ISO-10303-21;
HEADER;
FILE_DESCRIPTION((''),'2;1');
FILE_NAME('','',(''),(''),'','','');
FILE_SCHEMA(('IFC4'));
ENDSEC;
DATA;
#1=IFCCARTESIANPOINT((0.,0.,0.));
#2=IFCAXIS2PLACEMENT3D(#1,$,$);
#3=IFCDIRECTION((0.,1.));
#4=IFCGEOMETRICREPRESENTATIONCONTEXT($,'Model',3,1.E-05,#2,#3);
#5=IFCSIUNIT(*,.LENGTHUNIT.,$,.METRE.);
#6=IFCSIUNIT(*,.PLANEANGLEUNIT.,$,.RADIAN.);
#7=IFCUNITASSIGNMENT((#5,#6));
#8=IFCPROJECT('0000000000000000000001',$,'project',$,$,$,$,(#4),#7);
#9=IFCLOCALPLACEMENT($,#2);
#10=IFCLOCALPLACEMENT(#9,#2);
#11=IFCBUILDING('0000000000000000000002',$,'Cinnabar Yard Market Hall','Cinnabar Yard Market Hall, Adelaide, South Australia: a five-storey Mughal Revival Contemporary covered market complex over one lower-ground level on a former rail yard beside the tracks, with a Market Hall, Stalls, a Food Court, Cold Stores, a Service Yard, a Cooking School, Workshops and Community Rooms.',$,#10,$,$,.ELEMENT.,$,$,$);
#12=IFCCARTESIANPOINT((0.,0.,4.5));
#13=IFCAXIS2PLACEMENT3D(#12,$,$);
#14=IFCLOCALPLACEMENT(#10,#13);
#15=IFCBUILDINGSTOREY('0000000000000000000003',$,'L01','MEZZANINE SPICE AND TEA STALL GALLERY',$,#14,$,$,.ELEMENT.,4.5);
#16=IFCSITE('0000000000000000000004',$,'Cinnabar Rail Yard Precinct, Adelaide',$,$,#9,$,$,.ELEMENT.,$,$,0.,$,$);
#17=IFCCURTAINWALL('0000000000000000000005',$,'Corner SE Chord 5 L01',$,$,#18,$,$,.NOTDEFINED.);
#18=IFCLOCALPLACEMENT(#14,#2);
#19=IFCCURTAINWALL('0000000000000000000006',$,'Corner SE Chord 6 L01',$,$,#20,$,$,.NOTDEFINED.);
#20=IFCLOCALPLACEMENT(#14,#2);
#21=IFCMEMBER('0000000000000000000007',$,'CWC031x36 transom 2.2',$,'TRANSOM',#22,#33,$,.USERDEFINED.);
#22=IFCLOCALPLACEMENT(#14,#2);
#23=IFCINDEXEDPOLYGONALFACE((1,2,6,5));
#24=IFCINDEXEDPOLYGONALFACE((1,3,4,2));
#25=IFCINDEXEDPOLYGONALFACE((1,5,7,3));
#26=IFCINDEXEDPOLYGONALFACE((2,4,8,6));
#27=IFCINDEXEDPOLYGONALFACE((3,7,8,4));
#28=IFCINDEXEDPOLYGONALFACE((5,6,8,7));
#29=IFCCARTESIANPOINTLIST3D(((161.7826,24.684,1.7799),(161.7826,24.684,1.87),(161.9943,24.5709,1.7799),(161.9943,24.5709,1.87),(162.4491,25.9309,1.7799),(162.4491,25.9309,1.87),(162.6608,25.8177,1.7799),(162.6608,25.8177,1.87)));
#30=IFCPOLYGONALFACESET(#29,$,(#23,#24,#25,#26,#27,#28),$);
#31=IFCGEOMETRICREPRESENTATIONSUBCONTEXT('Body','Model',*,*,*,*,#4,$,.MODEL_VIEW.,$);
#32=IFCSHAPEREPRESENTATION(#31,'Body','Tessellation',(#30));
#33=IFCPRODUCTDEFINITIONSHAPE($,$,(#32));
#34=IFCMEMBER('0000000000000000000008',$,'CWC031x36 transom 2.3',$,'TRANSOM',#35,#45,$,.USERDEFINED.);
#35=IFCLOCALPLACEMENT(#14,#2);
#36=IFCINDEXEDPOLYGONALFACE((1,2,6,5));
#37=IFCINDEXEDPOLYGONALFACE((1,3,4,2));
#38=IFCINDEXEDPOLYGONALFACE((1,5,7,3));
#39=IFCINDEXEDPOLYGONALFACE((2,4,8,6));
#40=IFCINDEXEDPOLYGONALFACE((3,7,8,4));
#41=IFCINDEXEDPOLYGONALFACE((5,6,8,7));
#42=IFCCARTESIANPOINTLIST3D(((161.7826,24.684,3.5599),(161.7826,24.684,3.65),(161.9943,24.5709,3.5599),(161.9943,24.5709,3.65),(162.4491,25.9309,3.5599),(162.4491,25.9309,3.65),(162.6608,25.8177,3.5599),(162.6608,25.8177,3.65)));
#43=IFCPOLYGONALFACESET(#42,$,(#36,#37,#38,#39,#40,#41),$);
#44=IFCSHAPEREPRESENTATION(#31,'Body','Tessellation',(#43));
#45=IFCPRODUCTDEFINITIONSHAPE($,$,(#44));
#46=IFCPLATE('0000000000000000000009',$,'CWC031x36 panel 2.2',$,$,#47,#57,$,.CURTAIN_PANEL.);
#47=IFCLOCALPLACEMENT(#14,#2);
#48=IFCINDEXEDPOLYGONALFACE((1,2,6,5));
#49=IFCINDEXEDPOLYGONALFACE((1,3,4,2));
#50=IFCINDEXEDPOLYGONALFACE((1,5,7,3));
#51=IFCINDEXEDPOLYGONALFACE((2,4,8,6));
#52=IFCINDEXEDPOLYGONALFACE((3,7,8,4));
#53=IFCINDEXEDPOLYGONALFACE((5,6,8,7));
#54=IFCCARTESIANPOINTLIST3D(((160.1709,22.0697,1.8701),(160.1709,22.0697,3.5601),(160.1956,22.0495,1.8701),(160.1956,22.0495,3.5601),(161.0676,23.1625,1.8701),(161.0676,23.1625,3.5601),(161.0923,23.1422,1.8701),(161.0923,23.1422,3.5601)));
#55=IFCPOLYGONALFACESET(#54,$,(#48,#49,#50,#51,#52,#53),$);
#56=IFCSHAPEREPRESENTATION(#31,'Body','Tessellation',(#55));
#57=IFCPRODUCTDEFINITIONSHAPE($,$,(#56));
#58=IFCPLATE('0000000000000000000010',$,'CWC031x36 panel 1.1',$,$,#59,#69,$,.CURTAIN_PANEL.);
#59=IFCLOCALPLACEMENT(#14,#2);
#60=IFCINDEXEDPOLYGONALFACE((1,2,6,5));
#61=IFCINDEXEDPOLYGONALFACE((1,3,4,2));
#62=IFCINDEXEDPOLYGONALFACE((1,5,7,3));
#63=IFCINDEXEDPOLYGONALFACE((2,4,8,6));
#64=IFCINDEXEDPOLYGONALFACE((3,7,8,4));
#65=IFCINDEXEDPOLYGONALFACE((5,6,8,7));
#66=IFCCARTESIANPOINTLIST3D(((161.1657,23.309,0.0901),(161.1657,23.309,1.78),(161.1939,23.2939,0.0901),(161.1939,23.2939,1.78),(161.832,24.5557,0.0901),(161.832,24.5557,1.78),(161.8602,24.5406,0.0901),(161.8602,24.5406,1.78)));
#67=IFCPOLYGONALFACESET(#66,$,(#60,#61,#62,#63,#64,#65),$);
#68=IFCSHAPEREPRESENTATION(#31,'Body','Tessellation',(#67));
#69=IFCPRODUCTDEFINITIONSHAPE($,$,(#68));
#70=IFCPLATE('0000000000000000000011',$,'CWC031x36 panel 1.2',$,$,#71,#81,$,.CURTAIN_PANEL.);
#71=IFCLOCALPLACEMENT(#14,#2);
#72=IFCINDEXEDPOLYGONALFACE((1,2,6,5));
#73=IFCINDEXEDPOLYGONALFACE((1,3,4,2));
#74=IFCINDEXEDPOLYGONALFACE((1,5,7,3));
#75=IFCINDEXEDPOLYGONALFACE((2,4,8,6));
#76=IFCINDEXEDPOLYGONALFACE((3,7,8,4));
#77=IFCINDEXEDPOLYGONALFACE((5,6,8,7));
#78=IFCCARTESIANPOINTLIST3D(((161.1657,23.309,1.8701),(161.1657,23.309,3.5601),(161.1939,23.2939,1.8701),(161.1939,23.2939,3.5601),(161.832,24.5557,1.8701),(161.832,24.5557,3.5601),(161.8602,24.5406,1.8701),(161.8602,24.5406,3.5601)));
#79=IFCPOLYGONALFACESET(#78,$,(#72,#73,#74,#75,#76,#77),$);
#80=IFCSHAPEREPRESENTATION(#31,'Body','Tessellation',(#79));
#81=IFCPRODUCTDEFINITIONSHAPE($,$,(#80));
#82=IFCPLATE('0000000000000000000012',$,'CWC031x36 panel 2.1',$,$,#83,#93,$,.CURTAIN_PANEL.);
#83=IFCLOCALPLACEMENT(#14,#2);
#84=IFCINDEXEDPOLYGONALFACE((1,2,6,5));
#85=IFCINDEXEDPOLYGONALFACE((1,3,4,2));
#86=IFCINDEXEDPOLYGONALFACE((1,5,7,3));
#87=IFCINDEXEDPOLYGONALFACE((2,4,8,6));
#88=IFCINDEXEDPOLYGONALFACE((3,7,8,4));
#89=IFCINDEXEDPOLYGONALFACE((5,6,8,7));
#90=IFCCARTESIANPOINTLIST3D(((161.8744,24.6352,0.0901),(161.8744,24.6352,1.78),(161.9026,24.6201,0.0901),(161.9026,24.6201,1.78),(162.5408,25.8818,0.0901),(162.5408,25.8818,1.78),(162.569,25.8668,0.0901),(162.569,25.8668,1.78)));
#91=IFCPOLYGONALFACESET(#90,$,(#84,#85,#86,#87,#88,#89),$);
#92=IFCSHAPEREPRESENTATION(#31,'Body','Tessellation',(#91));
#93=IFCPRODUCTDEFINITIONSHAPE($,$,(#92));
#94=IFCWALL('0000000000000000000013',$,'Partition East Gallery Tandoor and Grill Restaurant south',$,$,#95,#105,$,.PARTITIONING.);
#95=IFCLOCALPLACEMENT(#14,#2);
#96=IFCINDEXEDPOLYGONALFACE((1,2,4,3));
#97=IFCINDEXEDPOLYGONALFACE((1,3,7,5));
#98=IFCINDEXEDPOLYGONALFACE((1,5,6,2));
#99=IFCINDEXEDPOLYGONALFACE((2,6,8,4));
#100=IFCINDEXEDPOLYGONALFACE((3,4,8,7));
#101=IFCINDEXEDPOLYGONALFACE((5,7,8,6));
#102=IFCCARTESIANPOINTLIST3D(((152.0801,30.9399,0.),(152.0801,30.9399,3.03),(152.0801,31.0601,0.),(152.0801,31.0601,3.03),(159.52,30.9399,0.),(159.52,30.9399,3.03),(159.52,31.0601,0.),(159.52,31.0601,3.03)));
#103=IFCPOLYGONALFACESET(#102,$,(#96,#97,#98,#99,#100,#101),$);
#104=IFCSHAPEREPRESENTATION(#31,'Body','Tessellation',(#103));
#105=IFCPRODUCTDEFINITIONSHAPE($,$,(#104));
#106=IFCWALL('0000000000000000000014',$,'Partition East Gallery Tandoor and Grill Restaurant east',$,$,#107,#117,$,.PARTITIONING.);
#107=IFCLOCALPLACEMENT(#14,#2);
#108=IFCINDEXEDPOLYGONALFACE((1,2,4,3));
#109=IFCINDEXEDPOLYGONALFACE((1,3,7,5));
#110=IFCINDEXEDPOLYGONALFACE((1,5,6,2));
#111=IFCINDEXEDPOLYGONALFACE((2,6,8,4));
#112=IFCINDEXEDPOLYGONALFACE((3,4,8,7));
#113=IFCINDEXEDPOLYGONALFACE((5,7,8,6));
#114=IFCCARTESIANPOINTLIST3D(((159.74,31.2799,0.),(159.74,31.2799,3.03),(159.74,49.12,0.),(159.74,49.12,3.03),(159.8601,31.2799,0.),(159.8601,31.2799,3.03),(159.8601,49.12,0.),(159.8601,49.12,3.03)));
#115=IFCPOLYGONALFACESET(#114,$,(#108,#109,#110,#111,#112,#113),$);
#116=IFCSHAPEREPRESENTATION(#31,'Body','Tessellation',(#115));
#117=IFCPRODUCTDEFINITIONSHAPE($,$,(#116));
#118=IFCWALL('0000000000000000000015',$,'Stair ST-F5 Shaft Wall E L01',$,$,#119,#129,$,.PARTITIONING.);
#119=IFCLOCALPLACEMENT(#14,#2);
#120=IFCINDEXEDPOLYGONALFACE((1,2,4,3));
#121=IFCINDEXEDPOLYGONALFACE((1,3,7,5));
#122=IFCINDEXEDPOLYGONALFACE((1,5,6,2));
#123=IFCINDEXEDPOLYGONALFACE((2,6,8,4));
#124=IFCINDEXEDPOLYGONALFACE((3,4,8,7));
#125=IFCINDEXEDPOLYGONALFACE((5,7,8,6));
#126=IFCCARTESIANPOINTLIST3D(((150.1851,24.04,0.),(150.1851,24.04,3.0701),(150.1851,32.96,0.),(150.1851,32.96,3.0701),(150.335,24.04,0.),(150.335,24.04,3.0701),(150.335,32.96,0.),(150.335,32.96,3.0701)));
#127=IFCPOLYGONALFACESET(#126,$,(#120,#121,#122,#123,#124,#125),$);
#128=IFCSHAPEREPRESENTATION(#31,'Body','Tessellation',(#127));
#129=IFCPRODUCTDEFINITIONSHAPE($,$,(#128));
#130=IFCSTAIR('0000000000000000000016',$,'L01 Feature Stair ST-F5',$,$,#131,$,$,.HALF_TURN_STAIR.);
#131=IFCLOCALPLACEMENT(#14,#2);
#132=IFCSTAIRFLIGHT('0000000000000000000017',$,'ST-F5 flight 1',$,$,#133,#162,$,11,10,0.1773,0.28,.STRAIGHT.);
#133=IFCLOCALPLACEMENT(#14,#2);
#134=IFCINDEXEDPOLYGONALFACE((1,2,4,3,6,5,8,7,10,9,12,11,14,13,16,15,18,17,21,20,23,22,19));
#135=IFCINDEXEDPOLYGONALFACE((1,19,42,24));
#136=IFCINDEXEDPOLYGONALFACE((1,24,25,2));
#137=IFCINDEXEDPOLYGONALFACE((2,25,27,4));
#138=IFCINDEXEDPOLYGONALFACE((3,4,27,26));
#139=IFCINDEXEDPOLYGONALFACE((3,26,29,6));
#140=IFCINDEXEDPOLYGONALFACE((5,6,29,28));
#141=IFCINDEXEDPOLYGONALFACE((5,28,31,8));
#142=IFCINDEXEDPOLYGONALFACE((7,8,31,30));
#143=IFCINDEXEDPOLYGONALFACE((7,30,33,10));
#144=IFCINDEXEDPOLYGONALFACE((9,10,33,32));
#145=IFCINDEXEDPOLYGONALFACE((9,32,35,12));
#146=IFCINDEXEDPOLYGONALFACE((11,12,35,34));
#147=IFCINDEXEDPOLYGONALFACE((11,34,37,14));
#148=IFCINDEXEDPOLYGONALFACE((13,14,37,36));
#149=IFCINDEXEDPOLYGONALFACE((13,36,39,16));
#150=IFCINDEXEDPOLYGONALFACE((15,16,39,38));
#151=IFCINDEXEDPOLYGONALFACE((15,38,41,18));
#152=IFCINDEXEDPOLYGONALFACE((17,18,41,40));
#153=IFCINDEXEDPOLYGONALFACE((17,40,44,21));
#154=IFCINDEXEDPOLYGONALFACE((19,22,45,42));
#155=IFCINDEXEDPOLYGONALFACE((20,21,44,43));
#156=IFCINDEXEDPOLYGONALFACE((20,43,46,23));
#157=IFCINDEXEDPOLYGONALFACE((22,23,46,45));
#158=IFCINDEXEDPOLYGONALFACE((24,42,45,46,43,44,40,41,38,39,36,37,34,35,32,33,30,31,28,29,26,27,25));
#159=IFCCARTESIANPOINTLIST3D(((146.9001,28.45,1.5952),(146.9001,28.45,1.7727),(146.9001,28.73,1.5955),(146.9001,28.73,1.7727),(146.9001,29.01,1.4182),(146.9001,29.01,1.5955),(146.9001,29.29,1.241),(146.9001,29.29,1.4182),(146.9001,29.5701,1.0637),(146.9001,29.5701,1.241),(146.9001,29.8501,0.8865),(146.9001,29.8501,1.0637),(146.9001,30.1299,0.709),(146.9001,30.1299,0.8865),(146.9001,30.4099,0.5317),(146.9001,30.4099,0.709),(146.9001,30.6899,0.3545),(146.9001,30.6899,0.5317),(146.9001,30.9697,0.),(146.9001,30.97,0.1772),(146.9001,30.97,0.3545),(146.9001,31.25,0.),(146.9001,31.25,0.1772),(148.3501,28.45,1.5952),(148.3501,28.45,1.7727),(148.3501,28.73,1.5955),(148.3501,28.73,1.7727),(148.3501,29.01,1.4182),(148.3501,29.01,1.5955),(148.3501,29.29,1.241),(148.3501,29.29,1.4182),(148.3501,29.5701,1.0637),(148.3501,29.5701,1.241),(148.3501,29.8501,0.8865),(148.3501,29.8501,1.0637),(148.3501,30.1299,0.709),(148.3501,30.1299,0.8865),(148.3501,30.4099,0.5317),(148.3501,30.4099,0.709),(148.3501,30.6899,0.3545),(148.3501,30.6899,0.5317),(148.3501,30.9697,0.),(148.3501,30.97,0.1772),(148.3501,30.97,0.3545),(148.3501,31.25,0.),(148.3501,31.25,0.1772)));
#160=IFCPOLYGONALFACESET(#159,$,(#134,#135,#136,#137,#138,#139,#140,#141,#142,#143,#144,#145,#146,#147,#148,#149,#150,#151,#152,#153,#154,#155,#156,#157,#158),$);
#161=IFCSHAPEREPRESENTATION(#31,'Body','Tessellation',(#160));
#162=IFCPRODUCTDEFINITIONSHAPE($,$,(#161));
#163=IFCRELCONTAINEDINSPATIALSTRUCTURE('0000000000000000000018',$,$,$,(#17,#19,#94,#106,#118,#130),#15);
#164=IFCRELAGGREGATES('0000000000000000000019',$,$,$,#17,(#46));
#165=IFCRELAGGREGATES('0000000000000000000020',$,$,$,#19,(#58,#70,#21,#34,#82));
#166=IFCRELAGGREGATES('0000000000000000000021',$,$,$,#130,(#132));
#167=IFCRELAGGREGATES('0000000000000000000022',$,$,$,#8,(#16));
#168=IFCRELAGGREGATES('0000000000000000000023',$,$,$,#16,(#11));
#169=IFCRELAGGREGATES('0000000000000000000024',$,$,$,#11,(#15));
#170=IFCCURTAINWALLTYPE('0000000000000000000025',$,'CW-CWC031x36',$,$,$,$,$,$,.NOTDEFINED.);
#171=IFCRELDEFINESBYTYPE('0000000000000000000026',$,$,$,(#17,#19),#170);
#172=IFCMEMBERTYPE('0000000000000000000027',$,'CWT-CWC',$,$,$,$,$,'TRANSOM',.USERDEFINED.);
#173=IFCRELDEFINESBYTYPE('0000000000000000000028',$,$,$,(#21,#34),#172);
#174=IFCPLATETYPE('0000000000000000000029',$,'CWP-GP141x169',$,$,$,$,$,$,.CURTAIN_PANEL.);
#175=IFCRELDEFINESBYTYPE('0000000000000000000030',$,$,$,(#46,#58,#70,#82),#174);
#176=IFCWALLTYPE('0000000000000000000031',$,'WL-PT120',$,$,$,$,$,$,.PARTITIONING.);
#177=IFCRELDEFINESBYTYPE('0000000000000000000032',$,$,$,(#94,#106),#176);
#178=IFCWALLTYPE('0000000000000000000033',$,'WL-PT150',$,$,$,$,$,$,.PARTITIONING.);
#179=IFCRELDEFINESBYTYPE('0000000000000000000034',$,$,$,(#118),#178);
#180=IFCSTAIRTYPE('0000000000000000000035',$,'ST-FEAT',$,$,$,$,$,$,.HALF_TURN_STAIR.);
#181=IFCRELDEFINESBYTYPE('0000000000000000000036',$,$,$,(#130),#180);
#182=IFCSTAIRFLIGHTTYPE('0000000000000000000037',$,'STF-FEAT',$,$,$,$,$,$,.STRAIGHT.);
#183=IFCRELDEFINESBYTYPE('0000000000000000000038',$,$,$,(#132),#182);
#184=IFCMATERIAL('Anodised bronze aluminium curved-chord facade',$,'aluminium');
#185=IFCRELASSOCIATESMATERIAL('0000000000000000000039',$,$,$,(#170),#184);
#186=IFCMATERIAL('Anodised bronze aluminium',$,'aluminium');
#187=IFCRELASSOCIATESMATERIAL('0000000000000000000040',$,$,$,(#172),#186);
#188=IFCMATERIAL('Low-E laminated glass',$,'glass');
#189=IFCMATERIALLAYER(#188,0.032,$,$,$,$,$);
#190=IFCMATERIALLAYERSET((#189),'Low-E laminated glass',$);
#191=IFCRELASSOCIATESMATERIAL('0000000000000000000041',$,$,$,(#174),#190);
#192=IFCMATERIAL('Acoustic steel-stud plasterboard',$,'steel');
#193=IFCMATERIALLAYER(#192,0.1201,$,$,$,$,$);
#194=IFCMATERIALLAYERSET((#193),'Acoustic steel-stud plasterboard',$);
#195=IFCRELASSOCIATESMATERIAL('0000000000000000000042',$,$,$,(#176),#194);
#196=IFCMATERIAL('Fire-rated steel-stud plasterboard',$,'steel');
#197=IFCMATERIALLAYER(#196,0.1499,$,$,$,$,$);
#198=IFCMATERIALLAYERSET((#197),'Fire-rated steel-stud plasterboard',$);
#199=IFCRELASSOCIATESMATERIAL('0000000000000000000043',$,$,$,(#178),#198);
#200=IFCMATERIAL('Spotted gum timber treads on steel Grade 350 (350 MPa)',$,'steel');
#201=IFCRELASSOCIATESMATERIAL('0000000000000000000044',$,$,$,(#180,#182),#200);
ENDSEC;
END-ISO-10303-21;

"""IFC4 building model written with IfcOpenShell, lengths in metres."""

from ifc_helpers import new_model, si_unit, direction, frame, frame_2d, origin, origin_2d_with_axis, place, context, subcontext, project, spatial, polyline, rectangle, outline, extrude, material, layer, layer_set, material_profile, profile_set, type_object, element, aggregate, save


model = new_model("IFC4")

# Units and contexts
model_context = context("Model", 3, precision=1e-05, world=origin(), true_north=direction((0.0, 1.0)))
body_context = subcontext(model_context, "Body", "Model", "MODEL_VIEW")
ifc_project = project(units=[si_unit("LENGTHUNIT", "METRE"), si_unit("PLANEANGLEUNIT", "RADIAN")], contexts=[model_context])

# Site, building, storey
site_placement = place(None, origin())
site = spatial("IfcSite", under=ifc_project, at=site_placement, Name="Cinnabar Rail Yard Precinct, Adelaide", CompositionType="ELEMENT", RefElevation=0.0)
building_placement = place(site_placement, origin())
building = spatial("IfcBuilding", under=site, at=building_placement, Name="Cinnabar Yard Market Hall", Description="Cinnabar Yard Market Hall, Adelaide, South Australia: a five-storey Mughal Revival Contemporary covered market complex over one lower-ground level on a former rail yard beside the tracks, with a Market Hall, Stalls, a Food Court, Cold Stores, a Service Yard, a Cooking School, Workshops and Community Rooms.", CompositionType="ELEMENT")
storey_placement = place(building_placement, frame((0.0, 0.0, 4.5)))
storey = spatial("IfcBuildingStorey", under=building, at=storey_placement, Name="L01", Description="MEZZANINE SPICE AND TEA STALL GALLERY", CompositionType="ELEMENT", Elevation=4.5)

# Curtain wall
ifc_material_1 = material(Name="Anodised bronze aluminium curved-chord facade", Category="aluminium")
curtain_wall_type = type_object("IfcCurtainWallType", Name="CW-CWC031x36", PredefinedType="NOTDEFINED", material=ifc_material_1)
curtain_wall_1_placement = place(storey_placement, origin())
curtain_wall_1 = element("IfcCurtainWall", 1, at=curtain_wall_1_placement, inside=storey, type_object=curtain_wall_type, Name="Corner SE Chord 5 L01", PredefinedType="NOTDEFINED")
ifc_material_2 = material(Name="Anodised bronze aluminium", Category="aluminium")

# Curtain wall, members
curtain_wall_2_placement = place(storey_placement, origin())
curtain_wall_2 = element("IfcCurtainWall", 2, at=curtain_wall_2_placement, inside=storey, type_object=curtain_wall_type, Name="Corner SE Chord 6 L01", PredefinedType="NOTDEFINED")
ifc_material_profile_1 = material_profile(ifc_material_2, rectangle(XDim=0.24, YDim=0.0901, at=origin_2d_with_axis()), Name="TRN-CWC")
ifc_profile_set_1 = profile_set([ifc_material_profile_1], Name="Anodised bronze aluminium")
member_type_1 = type_object("IfcMemberType", Name="CWT-CWC", ElementType="TRANSOM", PredefinedType="USERDEFINED", material=ifc_profile_set_1)
member_1_placement = place(storey_placement, frame((161.8884, 24.6274, 1.825), z_axis=(0.471431, 0.881903, 0.0), x_axis=(-0.881903, 0.471431, 0.0)))
member_1 = element("IfcMember", 3, at=member_1_placement, type_object=member_type_1, Name="CWC031x36 transom 2.2", ObjectType="TRANSOM", PredefinedType="USERDEFINED", context=body_context, shape_type="SweptSolid", body=[
    extrude(rectangle(XDim=0.24, YDim=0.0901, at=origin_2d_with_axis()), origin(), (0.0, 0.0, 1.0), 1.4138),
])
member_2_placement = place(storey_placement, frame((161.8884, 24.6274, 3.605), z_axis=(0.471431, 0.881903, 0.0), x_axis=(-0.881903, 0.471431, 0.0)))
member_2 = element("IfcMember", 4, at=member_2_placement, type_object=member_type_1, Name="CWC031x36 transom 2.3", ObjectType="TRANSOM", PredefinedType="USERDEFINED", context=body_context, shape_type="SweptSolid", body=[
    extrude(rectangle(XDim=0.24, YDim=0.0901, at=origin_2d_with_axis()), origin(), (0.0, 0.0, 1.0), 1.4138),
])

# Plates
ifc_material_3 = material(Name="Low-E laminated glass", Category="glass")
ifc_layer_1 = layer(ifc_material_3, 0.032)
ifc_layer_set_1 = layer_set([ifc_layer_1], Name="Low-E laminated glass")
plate_type = type_object("IfcPlateType", Name="CWP-GP141x169", PredefinedType="CURTAIN_PANEL", material=ifc_layer_set_1)
plate_1_placement = place(storey_placement, frame((160.6316, 22.606, 1.8701), z_axis=(0.0, 0.0, 1.0), x_axis=(0.634383, 0.773019, 0.0)))
plate_1 = element("IfcPlate", 5, at=plate_1_placement, type_object=plate_type, Name="CWC031x36 panel 2.2", PredefinedType="CURTAIN_PANEL", context=body_context, shape_type="SweptSolid", body=[
    extrude(rectangle(XDim=1.4136, YDim=0.032, at=origin_2d_with_axis()), origin(), (0.0, 0.0, 1.0), 1.6899),
])
aggregate(curtain_wall_1, [plate_1])
plate_2_placement = place(storey_placement, frame((161.5129, 23.9248, 0.0901), z_axis=(0.0, 0.0, 1.0), x_axis=(0.471404, 0.881917, 0.0)))
plate_2 = element("IfcPlate", 6, at=plate_2_placement, type_object=plate_type, Name="CWC031x36 panel 1.1", PredefinedType="CURTAIN_PANEL", context=body_context, shape_type="SweptSolid", body=[
    extrude(rectangle(XDim=1.4136, YDim=0.032, at=origin_2d_with_axis()), origin(), (0.0, 0.0, 1.0), 1.6899),
])
plate_3_placement = place(storey_placement, frame((161.5129, 23.9248, 1.8701), z_axis=(0.0, 0.0, 1.0), x_axis=(0.471404, 0.881917, 0.0)))
plate_3 = element("IfcPlate", 7, at=plate_3_placement, type_object=plate_type, Name="CWC031x36 panel 1.2", PredefinedType="CURTAIN_PANEL", context=body_context, shape_type="SweptSolid", body=[
    extrude(rectangle(XDim=1.4136, YDim=0.032, at=origin_2d_with_axis()), origin(), (0.0, 0.0, 1.0), 1.6899),
])
plate_4_placement = place(storey_placement, frame((162.2217, 25.251, 0.0901), z_axis=(0.0, 0.0, 1.0), x_axis=(0.471404, 0.881917, 0.0)))
plate_4 = element("IfcPlate", 8, at=plate_4_placement, type_object=plate_type, Name="CWC031x36 panel 2.1", PredefinedType="CURTAIN_PANEL", context=body_context, shape_type="SweptSolid", body=[
    extrude(rectangle(XDim=1.4136, YDim=0.032, at=origin_2d_with_axis()), origin(), (0.0, 0.0, 1.0), 1.6899),
])
aggregate(curtain_wall_2, [plate_2, plate_3, member_1, member_2, plate_4])

# Walls
ifc_material_4 = material(Name="Acoustic steel-stud plasterboard", Category="steel")
ifc_layer_2 = layer(ifc_material_4, 0.1201)
ifc_layer_set_2 = layer_set([ifc_layer_2], Name="Acoustic steel-stud plasterboard")
wall_type_1 = type_object("IfcWallType", Name="WL-PT120", PredefinedType="PARTITIONING", material=ifc_layer_set_2)
wall_1_placement = place(storey_placement, frame((152.0801, 31.0, 0.0), z_axis=(0.0, 0.0, 1.0), x_axis=(1.0, 0.0, 0.0)))
element("IfcWall", 9, at=wall_1_placement, inside=storey, type_object=wall_type_1, Name="Partition East Gallery Tandoor and Grill Restaurant south", PredefinedType="PARTITIONING", context=body_context, shape_type="SweptSolid", body=[
    extrude(rectangle(XDim=7.4399, YDim=0.1201, at=frame_2d((3.72, 0.0), x_axis=(1.0, 0.0))), origin(), (0.0, 0.0, 1.0), 3.03),
])
wall_2_placement = place(storey_placement, frame((159.8, 31.28, 0.0), z_axis=(0.0, 0.0, 1.0), x_axis=(0.0, 1.0, 0.0)))
element("IfcWall", 10, at=wall_2_placement, inside=storey, type_object=wall_type_1, Name="Partition East Gallery Tandoor and Grill Restaurant east", PredefinedType="PARTITIONING", context=body_context, shape_type="SweptSolid", body=[
    extrude(rectangle(XDim=17.8401, YDim=0.1201, at=frame_2d((8.9199, 0.0), x_axis=(1.0, 0.0))), origin(), (0.0, 0.0, 1.0), 3.03),
])
ifc_material_5 = material(Name="Fire-rated steel-stud plasterboard", Category="steel")
ifc_layer_3 = layer(ifc_material_5, 0.1499)
ifc_layer_set_3 = layer_set([ifc_layer_3], Name="Fire-rated steel-stud plasterboard")
wall_type_2 = type_object("IfcWallType", Name="WL-PT150", PredefinedType="PARTITIONING", material=ifc_layer_set_3)
wall_3_placement = place(storey_placement, frame((150.26, 24.04, 0.0), z_axis=(0.0, 0.0, 1.0), x_axis=(0.0, 1.0, 0.0)))
element("IfcWall", 11, at=wall_3_placement, inside=storey, type_object=wall_type_2, Name="Stair ST-F5 Shaft Wall E L01", PredefinedType="PARTITIONING", context=body_context, shape_type="SweptSolid", body=[
    extrude(rectangle(XDim=8.9199, YDim=0.1499, at=frame_2d((4.46, 0.0), x_axis=(1.0, 0.0))), origin(), (0.0, 0.0, 1.0), 3.0701),
])

# Stair, stair flight
ifc_material_6 = material(Name="Spotted gum timber treads on steel Grade 350 (350 MPa)", Category="steel")
stair_type = type_object("IfcStairType", Name="ST-FEAT", PredefinedType="HALF_TURN_STAIR", material=ifc_material_6)
stair_placement = place(storey_placement, origin())
stair = element("IfcStair", 12, at=stair_placement, inside=storey, type_object=stair_type, Name="L01 Feature Stair ST-F5", PredefinedType="HALF_TURN_STAIR")
stair_flight_type = type_object("IfcStairFlightType", Name="STF-FEAT", PredefinedType="STRAIGHT", material=ifc_material_6)
stair_flight_1_placement = place(storey_placement, frame((147.625, 31.25, 0.0), z_axis=(0.0, 0.0, 1.0), x_axis=(0.0, -1.0, 0.0)))
stair_flight_1 = element("IfcStairFlight", 13, at=stair_flight_1_placement, type_object=stair_flight_type, Name="ST-F5 flight 1", NumberOfRisers=11, NumberOfTreads=10, PredefinedType="STRAIGHT", RiserHeight=0.1773, TreadLength=0.28, context=body_context, shape_type="SweptSolid", body=[
    extrude(outline(polyline([(0.0, 0.0), (0.0, 0.1772), (0.28, 0.1772), (0.28, 0.3545), (0.5601, 0.3545), (0.5601, 0.5317), (0.8401, 0.5317), (0.8401, 0.709), (1.1201, 0.709), (1.1201, 0.8865), (1.3999, 0.8865), (1.3999, 1.0637), (1.6799, 1.0637), (1.6799, 1.241), (1.96, 1.241), (1.96, 1.4182), (2.24, 1.4182), (2.24, 1.5955), (2.52, 1.5955), (2.52, 1.7727), (2.8, 1.7727), (2.8, 1.95), (2.8, 1.5952), (0.2803, 0.0), (0.0, 0.0)])), frame((0.0, 0.7251, 0.0), z_axis=(0.0, -1.0, 0.0), x_axis=(1.0, 0.0, 0.0)), (0.0, 0.0, 1.0), 1.45),
])
aggregate(stair, [stair_flight_1])

save(model, "model.ifc")
